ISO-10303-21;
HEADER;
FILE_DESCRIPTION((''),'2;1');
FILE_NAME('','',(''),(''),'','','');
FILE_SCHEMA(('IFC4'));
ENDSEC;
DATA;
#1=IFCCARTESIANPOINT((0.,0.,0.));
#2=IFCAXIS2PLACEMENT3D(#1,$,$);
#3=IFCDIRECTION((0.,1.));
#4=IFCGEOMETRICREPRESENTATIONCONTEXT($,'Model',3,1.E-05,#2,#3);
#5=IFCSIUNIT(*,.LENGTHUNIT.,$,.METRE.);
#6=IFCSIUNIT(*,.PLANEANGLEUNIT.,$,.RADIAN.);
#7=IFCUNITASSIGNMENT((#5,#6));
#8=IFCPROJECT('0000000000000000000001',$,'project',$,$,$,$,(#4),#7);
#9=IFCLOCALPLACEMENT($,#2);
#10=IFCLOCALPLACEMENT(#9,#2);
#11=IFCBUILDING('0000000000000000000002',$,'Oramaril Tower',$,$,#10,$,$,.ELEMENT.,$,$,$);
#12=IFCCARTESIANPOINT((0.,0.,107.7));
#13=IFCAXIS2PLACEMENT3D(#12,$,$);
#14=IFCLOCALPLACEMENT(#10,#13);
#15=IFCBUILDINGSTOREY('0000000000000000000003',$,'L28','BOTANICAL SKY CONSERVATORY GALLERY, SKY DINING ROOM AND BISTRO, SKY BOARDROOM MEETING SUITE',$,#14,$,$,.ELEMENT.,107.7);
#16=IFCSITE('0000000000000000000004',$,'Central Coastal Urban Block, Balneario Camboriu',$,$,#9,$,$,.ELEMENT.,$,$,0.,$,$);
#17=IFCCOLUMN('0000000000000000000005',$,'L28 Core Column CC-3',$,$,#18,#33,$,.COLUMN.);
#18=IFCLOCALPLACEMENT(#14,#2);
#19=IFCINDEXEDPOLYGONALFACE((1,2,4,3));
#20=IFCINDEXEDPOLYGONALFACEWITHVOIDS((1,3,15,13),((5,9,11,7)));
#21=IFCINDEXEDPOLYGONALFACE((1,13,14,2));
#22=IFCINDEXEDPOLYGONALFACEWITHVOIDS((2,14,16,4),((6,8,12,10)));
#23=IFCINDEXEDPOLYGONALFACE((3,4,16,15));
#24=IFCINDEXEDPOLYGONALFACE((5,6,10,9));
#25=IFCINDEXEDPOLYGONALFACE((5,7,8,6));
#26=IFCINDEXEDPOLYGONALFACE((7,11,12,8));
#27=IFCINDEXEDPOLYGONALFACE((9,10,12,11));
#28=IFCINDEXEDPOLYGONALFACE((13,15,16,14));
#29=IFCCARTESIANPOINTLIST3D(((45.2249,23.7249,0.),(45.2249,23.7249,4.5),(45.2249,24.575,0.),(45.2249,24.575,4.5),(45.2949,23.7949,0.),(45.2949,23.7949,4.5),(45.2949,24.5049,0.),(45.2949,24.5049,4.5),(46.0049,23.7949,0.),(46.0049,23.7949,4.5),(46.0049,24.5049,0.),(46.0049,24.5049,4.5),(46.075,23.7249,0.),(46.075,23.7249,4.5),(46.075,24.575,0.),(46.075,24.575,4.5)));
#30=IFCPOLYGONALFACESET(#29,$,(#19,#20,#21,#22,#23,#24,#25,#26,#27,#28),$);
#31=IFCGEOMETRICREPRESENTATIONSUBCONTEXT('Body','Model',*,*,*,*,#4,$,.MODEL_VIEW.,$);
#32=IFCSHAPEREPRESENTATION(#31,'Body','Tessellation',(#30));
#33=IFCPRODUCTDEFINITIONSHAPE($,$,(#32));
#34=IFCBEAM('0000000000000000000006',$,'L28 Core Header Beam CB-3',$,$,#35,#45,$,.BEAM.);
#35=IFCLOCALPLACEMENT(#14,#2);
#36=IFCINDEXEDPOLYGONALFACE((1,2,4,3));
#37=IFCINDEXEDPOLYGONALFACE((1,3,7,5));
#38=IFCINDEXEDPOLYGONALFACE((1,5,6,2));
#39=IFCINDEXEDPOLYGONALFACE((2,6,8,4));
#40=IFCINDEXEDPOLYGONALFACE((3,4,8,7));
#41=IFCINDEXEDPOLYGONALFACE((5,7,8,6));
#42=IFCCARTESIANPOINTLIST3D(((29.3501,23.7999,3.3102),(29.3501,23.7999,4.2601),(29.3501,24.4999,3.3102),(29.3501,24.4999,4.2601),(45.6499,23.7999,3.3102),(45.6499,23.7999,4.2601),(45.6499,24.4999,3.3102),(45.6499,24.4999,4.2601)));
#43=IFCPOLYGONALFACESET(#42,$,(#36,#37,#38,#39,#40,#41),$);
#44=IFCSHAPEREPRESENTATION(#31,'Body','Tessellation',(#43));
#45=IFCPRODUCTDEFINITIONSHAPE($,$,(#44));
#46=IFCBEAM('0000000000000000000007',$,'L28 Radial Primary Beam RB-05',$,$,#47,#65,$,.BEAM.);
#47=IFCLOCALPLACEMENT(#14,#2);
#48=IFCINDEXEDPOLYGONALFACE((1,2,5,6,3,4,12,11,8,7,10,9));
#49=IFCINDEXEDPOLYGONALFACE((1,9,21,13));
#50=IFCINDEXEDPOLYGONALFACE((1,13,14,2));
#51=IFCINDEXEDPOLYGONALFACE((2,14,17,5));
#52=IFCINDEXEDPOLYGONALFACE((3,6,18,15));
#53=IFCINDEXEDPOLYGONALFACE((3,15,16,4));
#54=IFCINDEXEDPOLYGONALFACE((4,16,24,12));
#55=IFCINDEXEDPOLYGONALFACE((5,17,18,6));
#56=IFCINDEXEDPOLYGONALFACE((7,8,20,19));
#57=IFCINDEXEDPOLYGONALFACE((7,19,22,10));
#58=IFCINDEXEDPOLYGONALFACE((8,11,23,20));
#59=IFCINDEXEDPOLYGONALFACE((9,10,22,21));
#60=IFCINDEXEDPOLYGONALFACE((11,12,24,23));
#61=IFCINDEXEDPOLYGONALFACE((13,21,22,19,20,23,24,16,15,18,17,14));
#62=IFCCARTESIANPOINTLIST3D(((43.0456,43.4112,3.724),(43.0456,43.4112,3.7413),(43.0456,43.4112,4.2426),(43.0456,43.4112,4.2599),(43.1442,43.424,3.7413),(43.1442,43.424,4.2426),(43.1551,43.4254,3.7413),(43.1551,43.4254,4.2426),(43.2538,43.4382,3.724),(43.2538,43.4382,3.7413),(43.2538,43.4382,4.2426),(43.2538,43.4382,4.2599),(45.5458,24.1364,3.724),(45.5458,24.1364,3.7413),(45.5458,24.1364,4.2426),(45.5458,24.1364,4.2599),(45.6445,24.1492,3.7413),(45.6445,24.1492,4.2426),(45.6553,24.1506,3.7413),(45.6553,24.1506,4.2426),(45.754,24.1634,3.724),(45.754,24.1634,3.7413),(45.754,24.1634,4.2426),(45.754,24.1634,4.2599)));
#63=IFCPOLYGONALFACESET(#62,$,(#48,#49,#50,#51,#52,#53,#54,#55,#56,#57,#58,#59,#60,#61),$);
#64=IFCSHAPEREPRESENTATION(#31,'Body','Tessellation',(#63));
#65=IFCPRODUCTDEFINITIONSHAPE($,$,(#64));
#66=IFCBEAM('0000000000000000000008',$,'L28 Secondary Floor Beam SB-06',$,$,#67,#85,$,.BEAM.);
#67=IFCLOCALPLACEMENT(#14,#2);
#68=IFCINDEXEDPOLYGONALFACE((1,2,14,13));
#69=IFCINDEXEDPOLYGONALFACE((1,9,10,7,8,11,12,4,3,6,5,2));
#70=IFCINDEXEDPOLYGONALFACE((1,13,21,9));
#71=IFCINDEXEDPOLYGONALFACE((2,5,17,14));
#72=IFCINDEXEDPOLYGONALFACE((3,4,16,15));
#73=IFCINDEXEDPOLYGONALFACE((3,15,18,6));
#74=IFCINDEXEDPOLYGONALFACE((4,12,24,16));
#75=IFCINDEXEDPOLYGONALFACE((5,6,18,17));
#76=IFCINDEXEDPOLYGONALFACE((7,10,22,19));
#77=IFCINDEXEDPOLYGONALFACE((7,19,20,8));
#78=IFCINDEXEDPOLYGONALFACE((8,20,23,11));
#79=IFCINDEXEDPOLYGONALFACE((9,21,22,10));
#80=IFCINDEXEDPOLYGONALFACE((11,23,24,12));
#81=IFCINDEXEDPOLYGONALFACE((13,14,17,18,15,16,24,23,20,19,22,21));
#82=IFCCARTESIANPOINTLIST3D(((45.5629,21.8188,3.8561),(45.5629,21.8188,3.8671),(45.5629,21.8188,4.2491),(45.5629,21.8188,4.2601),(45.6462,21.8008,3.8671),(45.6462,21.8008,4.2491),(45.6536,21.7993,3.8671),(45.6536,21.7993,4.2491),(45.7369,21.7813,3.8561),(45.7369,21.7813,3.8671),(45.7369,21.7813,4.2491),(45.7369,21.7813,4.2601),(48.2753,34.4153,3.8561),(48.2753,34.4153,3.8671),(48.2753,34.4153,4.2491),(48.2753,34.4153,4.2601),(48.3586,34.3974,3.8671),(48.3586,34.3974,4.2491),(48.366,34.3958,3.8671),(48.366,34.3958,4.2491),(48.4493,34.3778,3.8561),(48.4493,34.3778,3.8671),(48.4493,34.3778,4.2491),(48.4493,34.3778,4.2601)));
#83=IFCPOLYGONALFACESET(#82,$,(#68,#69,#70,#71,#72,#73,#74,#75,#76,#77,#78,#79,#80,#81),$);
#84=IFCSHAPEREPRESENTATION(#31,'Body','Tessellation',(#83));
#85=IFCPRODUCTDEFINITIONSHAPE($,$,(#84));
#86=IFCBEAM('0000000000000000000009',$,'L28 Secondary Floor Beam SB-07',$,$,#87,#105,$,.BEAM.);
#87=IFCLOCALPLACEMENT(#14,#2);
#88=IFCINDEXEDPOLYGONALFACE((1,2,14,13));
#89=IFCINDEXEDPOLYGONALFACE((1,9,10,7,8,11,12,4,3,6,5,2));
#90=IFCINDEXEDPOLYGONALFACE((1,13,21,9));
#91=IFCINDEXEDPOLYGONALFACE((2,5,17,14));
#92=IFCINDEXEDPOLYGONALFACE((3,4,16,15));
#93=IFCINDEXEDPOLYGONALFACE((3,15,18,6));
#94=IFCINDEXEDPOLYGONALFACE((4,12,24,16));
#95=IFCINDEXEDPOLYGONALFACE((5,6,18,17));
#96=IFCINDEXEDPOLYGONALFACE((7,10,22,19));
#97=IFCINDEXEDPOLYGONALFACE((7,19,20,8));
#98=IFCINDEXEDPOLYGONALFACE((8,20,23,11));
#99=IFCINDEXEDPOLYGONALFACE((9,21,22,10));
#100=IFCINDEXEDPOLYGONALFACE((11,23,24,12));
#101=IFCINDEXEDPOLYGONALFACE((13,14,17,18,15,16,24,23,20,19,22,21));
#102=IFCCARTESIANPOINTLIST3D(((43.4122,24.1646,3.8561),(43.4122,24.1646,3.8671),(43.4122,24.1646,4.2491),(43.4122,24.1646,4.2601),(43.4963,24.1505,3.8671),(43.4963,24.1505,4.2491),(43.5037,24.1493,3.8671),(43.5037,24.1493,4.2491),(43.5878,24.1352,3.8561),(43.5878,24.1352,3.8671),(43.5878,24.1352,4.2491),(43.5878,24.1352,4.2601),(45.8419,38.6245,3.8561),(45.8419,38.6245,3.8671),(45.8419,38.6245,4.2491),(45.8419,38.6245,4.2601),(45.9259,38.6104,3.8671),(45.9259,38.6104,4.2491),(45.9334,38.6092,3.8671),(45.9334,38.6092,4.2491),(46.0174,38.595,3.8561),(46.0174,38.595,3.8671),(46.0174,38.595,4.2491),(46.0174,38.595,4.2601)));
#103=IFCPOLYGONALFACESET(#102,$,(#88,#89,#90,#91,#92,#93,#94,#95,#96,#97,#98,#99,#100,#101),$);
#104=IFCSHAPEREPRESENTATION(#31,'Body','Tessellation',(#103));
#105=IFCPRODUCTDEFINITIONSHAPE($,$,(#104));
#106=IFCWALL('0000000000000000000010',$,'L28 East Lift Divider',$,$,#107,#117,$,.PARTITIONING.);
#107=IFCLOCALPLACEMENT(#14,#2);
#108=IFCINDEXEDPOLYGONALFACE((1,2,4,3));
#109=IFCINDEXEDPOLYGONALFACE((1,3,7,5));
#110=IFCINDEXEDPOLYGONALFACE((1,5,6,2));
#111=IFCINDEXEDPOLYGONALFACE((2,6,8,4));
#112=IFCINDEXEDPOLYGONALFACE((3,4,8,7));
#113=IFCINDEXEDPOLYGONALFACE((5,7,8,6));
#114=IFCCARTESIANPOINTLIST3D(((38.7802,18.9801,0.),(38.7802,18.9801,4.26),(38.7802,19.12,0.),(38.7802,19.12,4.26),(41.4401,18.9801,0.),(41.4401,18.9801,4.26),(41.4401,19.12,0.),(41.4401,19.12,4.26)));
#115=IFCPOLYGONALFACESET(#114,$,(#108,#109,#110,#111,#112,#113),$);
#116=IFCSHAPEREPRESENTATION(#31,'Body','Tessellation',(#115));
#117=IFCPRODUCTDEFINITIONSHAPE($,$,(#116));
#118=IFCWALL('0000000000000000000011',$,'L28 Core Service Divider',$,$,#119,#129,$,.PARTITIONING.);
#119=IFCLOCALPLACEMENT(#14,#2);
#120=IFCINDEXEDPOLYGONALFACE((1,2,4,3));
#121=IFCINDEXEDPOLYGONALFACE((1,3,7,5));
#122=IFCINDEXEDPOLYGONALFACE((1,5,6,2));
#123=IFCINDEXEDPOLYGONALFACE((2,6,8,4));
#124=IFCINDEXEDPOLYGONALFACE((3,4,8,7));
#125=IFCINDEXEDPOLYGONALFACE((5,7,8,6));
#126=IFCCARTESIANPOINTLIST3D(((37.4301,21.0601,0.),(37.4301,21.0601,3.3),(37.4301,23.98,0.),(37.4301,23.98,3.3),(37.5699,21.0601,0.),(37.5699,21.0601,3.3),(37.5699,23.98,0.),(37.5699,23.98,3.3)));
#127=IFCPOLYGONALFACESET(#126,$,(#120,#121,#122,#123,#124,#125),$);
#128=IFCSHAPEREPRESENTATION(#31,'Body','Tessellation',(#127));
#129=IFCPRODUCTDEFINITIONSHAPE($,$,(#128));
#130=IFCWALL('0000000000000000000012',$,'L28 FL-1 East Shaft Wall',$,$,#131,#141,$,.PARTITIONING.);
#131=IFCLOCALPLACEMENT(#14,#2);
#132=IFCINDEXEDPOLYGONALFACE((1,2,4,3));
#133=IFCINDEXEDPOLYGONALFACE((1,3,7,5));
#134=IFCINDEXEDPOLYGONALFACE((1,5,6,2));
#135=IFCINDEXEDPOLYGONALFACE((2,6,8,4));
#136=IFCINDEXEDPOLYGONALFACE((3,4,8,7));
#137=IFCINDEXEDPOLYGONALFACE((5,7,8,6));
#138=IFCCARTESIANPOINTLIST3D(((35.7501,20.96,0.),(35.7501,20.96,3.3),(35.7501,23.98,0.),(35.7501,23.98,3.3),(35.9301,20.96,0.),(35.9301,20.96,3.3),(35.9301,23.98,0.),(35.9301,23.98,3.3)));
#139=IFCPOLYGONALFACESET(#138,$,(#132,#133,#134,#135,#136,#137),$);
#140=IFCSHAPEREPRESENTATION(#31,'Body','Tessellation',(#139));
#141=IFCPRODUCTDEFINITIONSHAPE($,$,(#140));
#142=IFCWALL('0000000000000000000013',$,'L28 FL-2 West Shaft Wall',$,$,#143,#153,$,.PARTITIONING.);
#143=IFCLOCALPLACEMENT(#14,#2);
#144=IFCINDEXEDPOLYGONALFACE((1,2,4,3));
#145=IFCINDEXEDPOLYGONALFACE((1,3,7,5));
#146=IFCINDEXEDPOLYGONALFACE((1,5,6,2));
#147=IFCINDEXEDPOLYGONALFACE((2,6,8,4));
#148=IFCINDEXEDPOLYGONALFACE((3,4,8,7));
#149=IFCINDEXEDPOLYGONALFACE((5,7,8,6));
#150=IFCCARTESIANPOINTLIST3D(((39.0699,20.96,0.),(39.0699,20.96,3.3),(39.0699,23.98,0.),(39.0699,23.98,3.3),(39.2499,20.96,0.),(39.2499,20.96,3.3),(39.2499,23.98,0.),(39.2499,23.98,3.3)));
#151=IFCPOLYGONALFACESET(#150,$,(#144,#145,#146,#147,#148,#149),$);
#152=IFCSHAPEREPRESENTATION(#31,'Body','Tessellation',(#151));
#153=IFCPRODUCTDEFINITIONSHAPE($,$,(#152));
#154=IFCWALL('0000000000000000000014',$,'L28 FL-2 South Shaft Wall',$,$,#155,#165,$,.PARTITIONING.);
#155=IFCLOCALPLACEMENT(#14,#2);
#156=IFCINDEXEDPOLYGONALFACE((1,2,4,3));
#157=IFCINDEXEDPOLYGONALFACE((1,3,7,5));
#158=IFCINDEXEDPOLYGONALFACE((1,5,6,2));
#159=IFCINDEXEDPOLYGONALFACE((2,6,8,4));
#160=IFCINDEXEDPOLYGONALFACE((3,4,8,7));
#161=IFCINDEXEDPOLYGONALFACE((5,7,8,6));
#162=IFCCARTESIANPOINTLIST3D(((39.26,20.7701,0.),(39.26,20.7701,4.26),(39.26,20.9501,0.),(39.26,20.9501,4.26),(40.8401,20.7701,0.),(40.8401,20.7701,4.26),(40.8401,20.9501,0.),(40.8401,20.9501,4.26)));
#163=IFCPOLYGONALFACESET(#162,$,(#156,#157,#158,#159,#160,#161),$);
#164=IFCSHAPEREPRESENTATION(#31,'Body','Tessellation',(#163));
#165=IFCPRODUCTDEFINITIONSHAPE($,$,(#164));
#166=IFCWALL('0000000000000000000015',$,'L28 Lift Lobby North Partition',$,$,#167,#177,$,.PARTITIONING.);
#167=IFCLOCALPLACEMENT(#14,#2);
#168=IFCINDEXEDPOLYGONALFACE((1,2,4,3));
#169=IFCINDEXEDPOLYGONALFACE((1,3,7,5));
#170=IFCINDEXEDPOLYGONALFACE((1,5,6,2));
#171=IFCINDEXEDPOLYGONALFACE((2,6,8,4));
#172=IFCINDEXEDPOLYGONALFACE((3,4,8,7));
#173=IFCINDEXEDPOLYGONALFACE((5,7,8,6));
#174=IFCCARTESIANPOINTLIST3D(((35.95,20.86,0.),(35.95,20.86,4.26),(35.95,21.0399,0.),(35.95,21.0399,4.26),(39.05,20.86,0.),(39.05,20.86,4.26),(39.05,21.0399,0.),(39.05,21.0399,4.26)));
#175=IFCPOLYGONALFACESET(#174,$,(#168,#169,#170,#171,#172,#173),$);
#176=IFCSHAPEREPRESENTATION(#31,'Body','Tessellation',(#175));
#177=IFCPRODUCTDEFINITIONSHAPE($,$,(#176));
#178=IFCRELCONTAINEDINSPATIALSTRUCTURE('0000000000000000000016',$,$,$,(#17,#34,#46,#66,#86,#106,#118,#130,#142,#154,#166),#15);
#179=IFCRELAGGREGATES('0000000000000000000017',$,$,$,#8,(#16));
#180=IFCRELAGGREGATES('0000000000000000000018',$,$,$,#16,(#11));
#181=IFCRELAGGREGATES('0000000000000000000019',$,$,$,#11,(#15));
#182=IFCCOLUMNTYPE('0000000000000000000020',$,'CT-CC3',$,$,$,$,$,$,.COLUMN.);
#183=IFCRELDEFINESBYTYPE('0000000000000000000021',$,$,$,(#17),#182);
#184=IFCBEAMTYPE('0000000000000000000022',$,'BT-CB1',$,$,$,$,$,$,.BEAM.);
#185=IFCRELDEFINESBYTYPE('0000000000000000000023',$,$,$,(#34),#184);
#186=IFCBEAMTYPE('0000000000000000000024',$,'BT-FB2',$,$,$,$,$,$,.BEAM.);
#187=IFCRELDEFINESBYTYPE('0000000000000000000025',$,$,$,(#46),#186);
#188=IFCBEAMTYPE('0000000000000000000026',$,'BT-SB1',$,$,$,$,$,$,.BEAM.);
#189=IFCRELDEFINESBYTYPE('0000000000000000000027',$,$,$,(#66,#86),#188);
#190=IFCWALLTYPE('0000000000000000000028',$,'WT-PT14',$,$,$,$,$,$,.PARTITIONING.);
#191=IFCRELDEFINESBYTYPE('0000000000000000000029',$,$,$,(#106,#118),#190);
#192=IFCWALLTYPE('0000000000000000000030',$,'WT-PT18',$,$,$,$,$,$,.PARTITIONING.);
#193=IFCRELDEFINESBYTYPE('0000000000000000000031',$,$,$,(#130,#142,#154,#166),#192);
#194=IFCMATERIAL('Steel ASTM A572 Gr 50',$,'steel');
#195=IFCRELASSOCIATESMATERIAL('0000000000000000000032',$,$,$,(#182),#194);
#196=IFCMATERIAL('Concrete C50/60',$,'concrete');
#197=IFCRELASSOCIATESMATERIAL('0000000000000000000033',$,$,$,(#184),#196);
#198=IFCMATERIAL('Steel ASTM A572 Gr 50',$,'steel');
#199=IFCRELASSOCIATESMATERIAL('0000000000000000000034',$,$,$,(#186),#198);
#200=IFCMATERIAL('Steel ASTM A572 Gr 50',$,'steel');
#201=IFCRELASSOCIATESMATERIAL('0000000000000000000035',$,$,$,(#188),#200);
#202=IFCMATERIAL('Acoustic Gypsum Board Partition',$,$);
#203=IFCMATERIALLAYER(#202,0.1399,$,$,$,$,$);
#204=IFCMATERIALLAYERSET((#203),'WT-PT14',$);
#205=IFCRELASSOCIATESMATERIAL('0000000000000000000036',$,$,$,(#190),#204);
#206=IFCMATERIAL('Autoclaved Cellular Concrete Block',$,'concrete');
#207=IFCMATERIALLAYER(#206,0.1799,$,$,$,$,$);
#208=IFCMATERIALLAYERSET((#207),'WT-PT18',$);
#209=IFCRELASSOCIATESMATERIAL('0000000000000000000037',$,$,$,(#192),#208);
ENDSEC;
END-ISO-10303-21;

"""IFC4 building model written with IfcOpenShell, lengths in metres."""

from ifc_helpers import new_model, si_unit, direction, frame, frame_2d, origin, origin_2d, place, context, subcontext, project, spatial, rectangle, hollow_rectangle, i_section, extrude, material, layer, layer_set, material_profile, profile_set, type_object, element, save


model = new_model("IFC4")

# Units and contexts
model_context = context("Model", 3, precision=1e-05, world=origin(), true_north=direction((0.0, 1.0)))
body_context = subcontext(model_context, "Body", "Model", "MODEL_VIEW")
ifc_project = project(units=[si_unit("LENGTHUNIT", "METRE"), si_unit("PLANEANGLEUNIT", "RADIAN")], contexts=[model_context])

# Site, building, storey
site_placement = place(None, origin())
site = spatial("IfcSite", under=ifc_project, at=site_placement, Name="Central Coastal Urban Block, Balneario Camboriu", CompositionType="ELEMENT", RefElevation=0.0)
building_placement = place(site_placement, origin())
building = spatial("IfcBuilding", under=site, at=building_placement, Name="Oramaril Tower", CompositionType="ELEMENT")
storey_placement = place(building_placement, frame((0.0, 0.0, 107.7)))
storey = spatial("IfcBuildingStorey", under=building, at=storey_placement, Name="L28", Description="BOTANICAL SKY CONSERVATORY GALLERY, SKY DINING ROOM AND BISTRO, SKY BOARDROOM MEETING SUITE", CompositionType="ELEMENT", Elevation=107.7)

# Column
ifc_material_1 = material(Name="Steel ASTM A572 Gr 50", Category="steel")
ifc_material_profile_1 = material_profile(ifc_material_1, hollow_rectangle(XDim=0.8501, YDim=0.8501, WallThickness=0.0701, at=origin_2d()), Name="BOX850X850X70")
ifc_profile_set_1 = profile_set([ifc_material_profile_1], Name="Steel ASTM A572 Gr 50")
column_type = type_object("IfcColumnType", Name="CT-CC3", PredefinedType="COLUMN", material=ifc_profile_set_1)
column_placement = place(storey_placement, frame((45.6499, 24.1499, 0.0), z_axis=(0.0, 0.0, 1.0), x_axis=(1.0, 0.0, 0.0)))
element("IfcColumn", 1, at=column_placement, inside=storey, type_object=column_type, Name="L28 Core Column CC-3", PredefinedType="COLUMN", context=body_context, shape_type="SweptSolid", body=[
    extrude(hollow_rectangle(XDim=0.8501, YDim=0.8501, WallThickness=0.0701, at=origin_2d()), origin(), (0.0, 0.0, 1.0), 4.5),
])

# Beams
ifc_material_2 = material(Name="Concrete C50/60", Category="concrete")
ifc_material_profile_2 = material_profile(ifc_material_2, rectangle(XDim=0.7, YDim=0.95, at=origin_2d()), Name="CB700X950")
ifc_profile_set_2 = profile_set([ifc_material_profile_2], Name="Concrete C50/60")
beam_type_1 = type_object("IfcBeamType", Name="BT-CB1", PredefinedType="BEAM", material=ifc_profile_set_2)
beam_1_placement = place(storey_placement, frame((45.6499, 24.1499, 3.7852), z_axis=(-1.0, 0.0, 0.0), x_axis=(0.0, -1.0, 0.0)))
element("IfcBeam", 2, at=beam_1_placement, inside=storey, type_object=beam_type_1, Name="L28 Core Header Beam CB-3", PredefinedType="BEAM", context=body_context, shape_type="SweptSolid", body=[
    extrude(rectangle(XDim=0.7, YDim=0.95, at=origin_2d()), origin(), (0.0, 0.0, 1.0), 16.2998),
])
ifc_material_3 = material(Name="Steel ASTM A572 Gr 50", Category="steel")
ifc_material_profile_3 = material_profile(ifc_material_3, i_section(OverallWidth=0.21, OverallDepth=0.5359, WebThickness=0.011, FlangeThickness=0.0173, at=origin_2d()), Name="W21X68")
ifc_profile_set_3 = profile_set([ifc_material_profile_3], Name="Steel ASTM A572 Gr 50")
beam_type_2 = type_object("IfcBeamType", Name="BT-FB2", PredefinedType="BEAM", material=ifc_profile_set_3)
beam_2_placement = place(storey_placement, frame((45.6499, 24.1499, 3.9919), z_axis=(-0.128637, 0.991692, 0.0), x_axis=(-0.991692, -0.128637, 0.0)))
element("IfcBeam", 3, at=beam_2_placement, inside=storey, type_object=beam_type_2, Name="L28 Radial Primary Beam RB-05", PredefinedType="BEAM", context=body_context, shape_type="SweptSolid", body=[
    extrude(i_section(OverallWidth=0.21, OverallDepth=0.5359, WebThickness=0.011, FlangeThickness=0.0173, at=origin_2d()), origin(), (0.0, 0.0, 1.0), 19.4363),
])
ifc_material_4 = material(Name="Steel ASTM A572 Gr 50", Category="steel")
ifc_material_profile_4 = material_profile(ifc_material_4, i_section(OverallWidth=0.178, OverallDepth=0.4041, WebThickness=0.0076, FlangeThickness=0.011, at=origin_2d()), Name="W16X36")
ifc_profile_set_4 = profile_set([ifc_material_profile_4], Name="Steel ASTM A572 Gr 50")
beam_type_3 = type_object("IfcBeamType", Name="BT-SB1", PredefinedType="BEAM", material=ifc_profile_set_4)
beam_3_placement = place(storey_placement, frame((45.6499, 21.8, 4.0581), z_axis=(0.210506, 0.977593, 0.0), x_axis=(-0.977593, 0.210506, 0.0)))
element("IfcBeam", 4, at=beam_3_placement, inside=storey, type_object=beam_type_3, Name="L28 Secondary Floor Beam SB-06", PredefinedType="BEAM", context=body_context, shape_type="SweptSolid", body=[
    extrude(i_section(OverallWidth=0.178, OverallDepth=0.4041, WebThickness=0.0076, FlangeThickness=0.011, at=origin_2d()), origin(), (0.0, 0.0, 1.0), 12.8853),
])
beam_4_placement = place(storey_placement, frame((43.5, 24.1499, 4.0581), z_axis=(0.165706, 0.986175, 0.0), x_axis=(-0.986175, 0.165706, 0.0)))
element("IfcBeam", 5, at=beam_4_placement, inside=storey, type_object=beam_type_3, Name="L28 Secondary Floor Beam SB-07", PredefinedType="BEAM", context=body_context, shape_type="SweptSolid", body=[
    extrude(i_section(OverallWidth=0.178, OverallDepth=0.4041, WebThickness=0.0076, FlangeThickness=0.011, at=origin_2d()), origin(), (0.0, 0.0, 1.0), 14.6626),
])

# Walls
ifc_material_5 = material(Name="Acoustic Gypsum Board Partition")
ifc_layer_1 = layer(ifc_material_5, 0.1399)
ifc_layer_set_1 = layer_set([ifc_layer_1], Name="WT-PT14")
wall_type_1 = type_object("IfcWallType", Name="WT-PT14", PredefinedType="PARTITIONING", material=ifc_layer_set_1)
wall_1_placement = place(storey_placement, frame((38.78, 19.05, 0.0), z_axis=(0.0, 0.0, 1.0), x_axis=(1.0, 0.0, 0.0)))
element("IfcWall", 6, at=wall_1_placement, inside=storey, type_object=wall_type_1, Name="L28 East Lift Divider", PredefinedType="PARTITIONING", context=body_context, shape_type="SweptSolid", body=[
    extrude(rectangle(XDim=2.6599, YDim=0.1399, at=frame_2d((1.3301, 0.0))), origin(), (0.0, 0.0, 1.0), 4.26),
])
wall_2_placement = place(storey_placement, frame((37.5, 21.0601, 0.0), z_axis=(0.0, 0.0, 1.0), x_axis=(0.0, 1.0, 0.0)))
element("IfcWall", 7, at=wall_2_placement, inside=storey, type_object=wall_type_1, Name="L28 Core Service Divider", PredefinedType="PARTITIONING", context=body_context, shape_type="SweptSolid", body=[
    extrude(rectangle(XDim=2.9199, YDim=0.1399, at=frame_2d((1.46, 0.0))), origin(), (0.0, 0.0, 1.0), 3.3),
])
ifc_material_6 = material(Name="Autoclaved Cellular Concrete Block", Category="concrete")
ifc_layer_2 = layer(ifc_material_6, 0.1799)
ifc_layer_set_2 = layer_set([ifc_layer_2], Name="WT-PT18")
wall_type_2 = type_object("IfcWallType", Name="WT-PT18", PredefinedType="PARTITIONING", material=ifc_layer_set_2)
for number, where, z_axis, x_axis, name in (
    (8, (35.8401, 20.96, 0.0), (0.0, 0.0, 1.0), (0.0, 1.0, 0.0), "L28 FL-1 East Shaft Wall"),
    (9, (39.1599, 20.96, 0.0), (0.0, 0.0, 1.0), (0.0, 1.0, 0.0), "L28 FL-2 West Shaft Wall"),
):
    element("IfcWall", number, at=place(storey_placement, frame(where, z_axis=z_axis, x_axis=x_axis)), inside=storey, type_object=wall_type_2, Name=name, PredefinedType="PARTITIONING", context=body_context, shape_type="SweptSolid", body=[
        extrude(rectangle(XDim=3.02, YDim=0.1799, at=frame_2d((1.51, 0.0))), origin(), (0.0, 0.0, 1.0), 3.3),
    ])
wall_3_placement = place(storey_placement, frame((39.26, 20.8601, 0.0), z_axis=(0.0, 0.0, 1.0), x_axis=(1.0, 0.0, 0.0)))
element("IfcWall", 10, at=wall_3_placement, inside=storey, type_object=wall_type_2, Name="L28 FL-2 South Shaft Wall", PredefinedType="PARTITIONING", context=body_context, shape_type="SweptSolid", body=[
    extrude(rectangle(XDim=1.5801, YDim=0.1799, at=frame_2d((0.79, 0.0))), origin(), (0.0, 0.0, 1.0), 4.26),
])
wall_4_placement = place(storey_placement, frame((35.95, 20.95, 0.0), z_axis=(0.0, 0.0, 1.0), x_axis=(1.0, 0.0, 0.0)))
element("IfcWall", 11, at=wall_4_placement, inside=storey, type_object=wall_type_2, Name="L28 Lift Lobby North Partition", PredefinedType="PARTITIONING", context=body_context, shape_type="SweptSolid", body=[
    extrude(rectangle(XDim=3.1001, YDim=0.1799, at=frame_2d((1.55, 0.0))), origin(), (0.0, 0.0, 1.0), 4.26),
])

save(model, "model.ifc")
